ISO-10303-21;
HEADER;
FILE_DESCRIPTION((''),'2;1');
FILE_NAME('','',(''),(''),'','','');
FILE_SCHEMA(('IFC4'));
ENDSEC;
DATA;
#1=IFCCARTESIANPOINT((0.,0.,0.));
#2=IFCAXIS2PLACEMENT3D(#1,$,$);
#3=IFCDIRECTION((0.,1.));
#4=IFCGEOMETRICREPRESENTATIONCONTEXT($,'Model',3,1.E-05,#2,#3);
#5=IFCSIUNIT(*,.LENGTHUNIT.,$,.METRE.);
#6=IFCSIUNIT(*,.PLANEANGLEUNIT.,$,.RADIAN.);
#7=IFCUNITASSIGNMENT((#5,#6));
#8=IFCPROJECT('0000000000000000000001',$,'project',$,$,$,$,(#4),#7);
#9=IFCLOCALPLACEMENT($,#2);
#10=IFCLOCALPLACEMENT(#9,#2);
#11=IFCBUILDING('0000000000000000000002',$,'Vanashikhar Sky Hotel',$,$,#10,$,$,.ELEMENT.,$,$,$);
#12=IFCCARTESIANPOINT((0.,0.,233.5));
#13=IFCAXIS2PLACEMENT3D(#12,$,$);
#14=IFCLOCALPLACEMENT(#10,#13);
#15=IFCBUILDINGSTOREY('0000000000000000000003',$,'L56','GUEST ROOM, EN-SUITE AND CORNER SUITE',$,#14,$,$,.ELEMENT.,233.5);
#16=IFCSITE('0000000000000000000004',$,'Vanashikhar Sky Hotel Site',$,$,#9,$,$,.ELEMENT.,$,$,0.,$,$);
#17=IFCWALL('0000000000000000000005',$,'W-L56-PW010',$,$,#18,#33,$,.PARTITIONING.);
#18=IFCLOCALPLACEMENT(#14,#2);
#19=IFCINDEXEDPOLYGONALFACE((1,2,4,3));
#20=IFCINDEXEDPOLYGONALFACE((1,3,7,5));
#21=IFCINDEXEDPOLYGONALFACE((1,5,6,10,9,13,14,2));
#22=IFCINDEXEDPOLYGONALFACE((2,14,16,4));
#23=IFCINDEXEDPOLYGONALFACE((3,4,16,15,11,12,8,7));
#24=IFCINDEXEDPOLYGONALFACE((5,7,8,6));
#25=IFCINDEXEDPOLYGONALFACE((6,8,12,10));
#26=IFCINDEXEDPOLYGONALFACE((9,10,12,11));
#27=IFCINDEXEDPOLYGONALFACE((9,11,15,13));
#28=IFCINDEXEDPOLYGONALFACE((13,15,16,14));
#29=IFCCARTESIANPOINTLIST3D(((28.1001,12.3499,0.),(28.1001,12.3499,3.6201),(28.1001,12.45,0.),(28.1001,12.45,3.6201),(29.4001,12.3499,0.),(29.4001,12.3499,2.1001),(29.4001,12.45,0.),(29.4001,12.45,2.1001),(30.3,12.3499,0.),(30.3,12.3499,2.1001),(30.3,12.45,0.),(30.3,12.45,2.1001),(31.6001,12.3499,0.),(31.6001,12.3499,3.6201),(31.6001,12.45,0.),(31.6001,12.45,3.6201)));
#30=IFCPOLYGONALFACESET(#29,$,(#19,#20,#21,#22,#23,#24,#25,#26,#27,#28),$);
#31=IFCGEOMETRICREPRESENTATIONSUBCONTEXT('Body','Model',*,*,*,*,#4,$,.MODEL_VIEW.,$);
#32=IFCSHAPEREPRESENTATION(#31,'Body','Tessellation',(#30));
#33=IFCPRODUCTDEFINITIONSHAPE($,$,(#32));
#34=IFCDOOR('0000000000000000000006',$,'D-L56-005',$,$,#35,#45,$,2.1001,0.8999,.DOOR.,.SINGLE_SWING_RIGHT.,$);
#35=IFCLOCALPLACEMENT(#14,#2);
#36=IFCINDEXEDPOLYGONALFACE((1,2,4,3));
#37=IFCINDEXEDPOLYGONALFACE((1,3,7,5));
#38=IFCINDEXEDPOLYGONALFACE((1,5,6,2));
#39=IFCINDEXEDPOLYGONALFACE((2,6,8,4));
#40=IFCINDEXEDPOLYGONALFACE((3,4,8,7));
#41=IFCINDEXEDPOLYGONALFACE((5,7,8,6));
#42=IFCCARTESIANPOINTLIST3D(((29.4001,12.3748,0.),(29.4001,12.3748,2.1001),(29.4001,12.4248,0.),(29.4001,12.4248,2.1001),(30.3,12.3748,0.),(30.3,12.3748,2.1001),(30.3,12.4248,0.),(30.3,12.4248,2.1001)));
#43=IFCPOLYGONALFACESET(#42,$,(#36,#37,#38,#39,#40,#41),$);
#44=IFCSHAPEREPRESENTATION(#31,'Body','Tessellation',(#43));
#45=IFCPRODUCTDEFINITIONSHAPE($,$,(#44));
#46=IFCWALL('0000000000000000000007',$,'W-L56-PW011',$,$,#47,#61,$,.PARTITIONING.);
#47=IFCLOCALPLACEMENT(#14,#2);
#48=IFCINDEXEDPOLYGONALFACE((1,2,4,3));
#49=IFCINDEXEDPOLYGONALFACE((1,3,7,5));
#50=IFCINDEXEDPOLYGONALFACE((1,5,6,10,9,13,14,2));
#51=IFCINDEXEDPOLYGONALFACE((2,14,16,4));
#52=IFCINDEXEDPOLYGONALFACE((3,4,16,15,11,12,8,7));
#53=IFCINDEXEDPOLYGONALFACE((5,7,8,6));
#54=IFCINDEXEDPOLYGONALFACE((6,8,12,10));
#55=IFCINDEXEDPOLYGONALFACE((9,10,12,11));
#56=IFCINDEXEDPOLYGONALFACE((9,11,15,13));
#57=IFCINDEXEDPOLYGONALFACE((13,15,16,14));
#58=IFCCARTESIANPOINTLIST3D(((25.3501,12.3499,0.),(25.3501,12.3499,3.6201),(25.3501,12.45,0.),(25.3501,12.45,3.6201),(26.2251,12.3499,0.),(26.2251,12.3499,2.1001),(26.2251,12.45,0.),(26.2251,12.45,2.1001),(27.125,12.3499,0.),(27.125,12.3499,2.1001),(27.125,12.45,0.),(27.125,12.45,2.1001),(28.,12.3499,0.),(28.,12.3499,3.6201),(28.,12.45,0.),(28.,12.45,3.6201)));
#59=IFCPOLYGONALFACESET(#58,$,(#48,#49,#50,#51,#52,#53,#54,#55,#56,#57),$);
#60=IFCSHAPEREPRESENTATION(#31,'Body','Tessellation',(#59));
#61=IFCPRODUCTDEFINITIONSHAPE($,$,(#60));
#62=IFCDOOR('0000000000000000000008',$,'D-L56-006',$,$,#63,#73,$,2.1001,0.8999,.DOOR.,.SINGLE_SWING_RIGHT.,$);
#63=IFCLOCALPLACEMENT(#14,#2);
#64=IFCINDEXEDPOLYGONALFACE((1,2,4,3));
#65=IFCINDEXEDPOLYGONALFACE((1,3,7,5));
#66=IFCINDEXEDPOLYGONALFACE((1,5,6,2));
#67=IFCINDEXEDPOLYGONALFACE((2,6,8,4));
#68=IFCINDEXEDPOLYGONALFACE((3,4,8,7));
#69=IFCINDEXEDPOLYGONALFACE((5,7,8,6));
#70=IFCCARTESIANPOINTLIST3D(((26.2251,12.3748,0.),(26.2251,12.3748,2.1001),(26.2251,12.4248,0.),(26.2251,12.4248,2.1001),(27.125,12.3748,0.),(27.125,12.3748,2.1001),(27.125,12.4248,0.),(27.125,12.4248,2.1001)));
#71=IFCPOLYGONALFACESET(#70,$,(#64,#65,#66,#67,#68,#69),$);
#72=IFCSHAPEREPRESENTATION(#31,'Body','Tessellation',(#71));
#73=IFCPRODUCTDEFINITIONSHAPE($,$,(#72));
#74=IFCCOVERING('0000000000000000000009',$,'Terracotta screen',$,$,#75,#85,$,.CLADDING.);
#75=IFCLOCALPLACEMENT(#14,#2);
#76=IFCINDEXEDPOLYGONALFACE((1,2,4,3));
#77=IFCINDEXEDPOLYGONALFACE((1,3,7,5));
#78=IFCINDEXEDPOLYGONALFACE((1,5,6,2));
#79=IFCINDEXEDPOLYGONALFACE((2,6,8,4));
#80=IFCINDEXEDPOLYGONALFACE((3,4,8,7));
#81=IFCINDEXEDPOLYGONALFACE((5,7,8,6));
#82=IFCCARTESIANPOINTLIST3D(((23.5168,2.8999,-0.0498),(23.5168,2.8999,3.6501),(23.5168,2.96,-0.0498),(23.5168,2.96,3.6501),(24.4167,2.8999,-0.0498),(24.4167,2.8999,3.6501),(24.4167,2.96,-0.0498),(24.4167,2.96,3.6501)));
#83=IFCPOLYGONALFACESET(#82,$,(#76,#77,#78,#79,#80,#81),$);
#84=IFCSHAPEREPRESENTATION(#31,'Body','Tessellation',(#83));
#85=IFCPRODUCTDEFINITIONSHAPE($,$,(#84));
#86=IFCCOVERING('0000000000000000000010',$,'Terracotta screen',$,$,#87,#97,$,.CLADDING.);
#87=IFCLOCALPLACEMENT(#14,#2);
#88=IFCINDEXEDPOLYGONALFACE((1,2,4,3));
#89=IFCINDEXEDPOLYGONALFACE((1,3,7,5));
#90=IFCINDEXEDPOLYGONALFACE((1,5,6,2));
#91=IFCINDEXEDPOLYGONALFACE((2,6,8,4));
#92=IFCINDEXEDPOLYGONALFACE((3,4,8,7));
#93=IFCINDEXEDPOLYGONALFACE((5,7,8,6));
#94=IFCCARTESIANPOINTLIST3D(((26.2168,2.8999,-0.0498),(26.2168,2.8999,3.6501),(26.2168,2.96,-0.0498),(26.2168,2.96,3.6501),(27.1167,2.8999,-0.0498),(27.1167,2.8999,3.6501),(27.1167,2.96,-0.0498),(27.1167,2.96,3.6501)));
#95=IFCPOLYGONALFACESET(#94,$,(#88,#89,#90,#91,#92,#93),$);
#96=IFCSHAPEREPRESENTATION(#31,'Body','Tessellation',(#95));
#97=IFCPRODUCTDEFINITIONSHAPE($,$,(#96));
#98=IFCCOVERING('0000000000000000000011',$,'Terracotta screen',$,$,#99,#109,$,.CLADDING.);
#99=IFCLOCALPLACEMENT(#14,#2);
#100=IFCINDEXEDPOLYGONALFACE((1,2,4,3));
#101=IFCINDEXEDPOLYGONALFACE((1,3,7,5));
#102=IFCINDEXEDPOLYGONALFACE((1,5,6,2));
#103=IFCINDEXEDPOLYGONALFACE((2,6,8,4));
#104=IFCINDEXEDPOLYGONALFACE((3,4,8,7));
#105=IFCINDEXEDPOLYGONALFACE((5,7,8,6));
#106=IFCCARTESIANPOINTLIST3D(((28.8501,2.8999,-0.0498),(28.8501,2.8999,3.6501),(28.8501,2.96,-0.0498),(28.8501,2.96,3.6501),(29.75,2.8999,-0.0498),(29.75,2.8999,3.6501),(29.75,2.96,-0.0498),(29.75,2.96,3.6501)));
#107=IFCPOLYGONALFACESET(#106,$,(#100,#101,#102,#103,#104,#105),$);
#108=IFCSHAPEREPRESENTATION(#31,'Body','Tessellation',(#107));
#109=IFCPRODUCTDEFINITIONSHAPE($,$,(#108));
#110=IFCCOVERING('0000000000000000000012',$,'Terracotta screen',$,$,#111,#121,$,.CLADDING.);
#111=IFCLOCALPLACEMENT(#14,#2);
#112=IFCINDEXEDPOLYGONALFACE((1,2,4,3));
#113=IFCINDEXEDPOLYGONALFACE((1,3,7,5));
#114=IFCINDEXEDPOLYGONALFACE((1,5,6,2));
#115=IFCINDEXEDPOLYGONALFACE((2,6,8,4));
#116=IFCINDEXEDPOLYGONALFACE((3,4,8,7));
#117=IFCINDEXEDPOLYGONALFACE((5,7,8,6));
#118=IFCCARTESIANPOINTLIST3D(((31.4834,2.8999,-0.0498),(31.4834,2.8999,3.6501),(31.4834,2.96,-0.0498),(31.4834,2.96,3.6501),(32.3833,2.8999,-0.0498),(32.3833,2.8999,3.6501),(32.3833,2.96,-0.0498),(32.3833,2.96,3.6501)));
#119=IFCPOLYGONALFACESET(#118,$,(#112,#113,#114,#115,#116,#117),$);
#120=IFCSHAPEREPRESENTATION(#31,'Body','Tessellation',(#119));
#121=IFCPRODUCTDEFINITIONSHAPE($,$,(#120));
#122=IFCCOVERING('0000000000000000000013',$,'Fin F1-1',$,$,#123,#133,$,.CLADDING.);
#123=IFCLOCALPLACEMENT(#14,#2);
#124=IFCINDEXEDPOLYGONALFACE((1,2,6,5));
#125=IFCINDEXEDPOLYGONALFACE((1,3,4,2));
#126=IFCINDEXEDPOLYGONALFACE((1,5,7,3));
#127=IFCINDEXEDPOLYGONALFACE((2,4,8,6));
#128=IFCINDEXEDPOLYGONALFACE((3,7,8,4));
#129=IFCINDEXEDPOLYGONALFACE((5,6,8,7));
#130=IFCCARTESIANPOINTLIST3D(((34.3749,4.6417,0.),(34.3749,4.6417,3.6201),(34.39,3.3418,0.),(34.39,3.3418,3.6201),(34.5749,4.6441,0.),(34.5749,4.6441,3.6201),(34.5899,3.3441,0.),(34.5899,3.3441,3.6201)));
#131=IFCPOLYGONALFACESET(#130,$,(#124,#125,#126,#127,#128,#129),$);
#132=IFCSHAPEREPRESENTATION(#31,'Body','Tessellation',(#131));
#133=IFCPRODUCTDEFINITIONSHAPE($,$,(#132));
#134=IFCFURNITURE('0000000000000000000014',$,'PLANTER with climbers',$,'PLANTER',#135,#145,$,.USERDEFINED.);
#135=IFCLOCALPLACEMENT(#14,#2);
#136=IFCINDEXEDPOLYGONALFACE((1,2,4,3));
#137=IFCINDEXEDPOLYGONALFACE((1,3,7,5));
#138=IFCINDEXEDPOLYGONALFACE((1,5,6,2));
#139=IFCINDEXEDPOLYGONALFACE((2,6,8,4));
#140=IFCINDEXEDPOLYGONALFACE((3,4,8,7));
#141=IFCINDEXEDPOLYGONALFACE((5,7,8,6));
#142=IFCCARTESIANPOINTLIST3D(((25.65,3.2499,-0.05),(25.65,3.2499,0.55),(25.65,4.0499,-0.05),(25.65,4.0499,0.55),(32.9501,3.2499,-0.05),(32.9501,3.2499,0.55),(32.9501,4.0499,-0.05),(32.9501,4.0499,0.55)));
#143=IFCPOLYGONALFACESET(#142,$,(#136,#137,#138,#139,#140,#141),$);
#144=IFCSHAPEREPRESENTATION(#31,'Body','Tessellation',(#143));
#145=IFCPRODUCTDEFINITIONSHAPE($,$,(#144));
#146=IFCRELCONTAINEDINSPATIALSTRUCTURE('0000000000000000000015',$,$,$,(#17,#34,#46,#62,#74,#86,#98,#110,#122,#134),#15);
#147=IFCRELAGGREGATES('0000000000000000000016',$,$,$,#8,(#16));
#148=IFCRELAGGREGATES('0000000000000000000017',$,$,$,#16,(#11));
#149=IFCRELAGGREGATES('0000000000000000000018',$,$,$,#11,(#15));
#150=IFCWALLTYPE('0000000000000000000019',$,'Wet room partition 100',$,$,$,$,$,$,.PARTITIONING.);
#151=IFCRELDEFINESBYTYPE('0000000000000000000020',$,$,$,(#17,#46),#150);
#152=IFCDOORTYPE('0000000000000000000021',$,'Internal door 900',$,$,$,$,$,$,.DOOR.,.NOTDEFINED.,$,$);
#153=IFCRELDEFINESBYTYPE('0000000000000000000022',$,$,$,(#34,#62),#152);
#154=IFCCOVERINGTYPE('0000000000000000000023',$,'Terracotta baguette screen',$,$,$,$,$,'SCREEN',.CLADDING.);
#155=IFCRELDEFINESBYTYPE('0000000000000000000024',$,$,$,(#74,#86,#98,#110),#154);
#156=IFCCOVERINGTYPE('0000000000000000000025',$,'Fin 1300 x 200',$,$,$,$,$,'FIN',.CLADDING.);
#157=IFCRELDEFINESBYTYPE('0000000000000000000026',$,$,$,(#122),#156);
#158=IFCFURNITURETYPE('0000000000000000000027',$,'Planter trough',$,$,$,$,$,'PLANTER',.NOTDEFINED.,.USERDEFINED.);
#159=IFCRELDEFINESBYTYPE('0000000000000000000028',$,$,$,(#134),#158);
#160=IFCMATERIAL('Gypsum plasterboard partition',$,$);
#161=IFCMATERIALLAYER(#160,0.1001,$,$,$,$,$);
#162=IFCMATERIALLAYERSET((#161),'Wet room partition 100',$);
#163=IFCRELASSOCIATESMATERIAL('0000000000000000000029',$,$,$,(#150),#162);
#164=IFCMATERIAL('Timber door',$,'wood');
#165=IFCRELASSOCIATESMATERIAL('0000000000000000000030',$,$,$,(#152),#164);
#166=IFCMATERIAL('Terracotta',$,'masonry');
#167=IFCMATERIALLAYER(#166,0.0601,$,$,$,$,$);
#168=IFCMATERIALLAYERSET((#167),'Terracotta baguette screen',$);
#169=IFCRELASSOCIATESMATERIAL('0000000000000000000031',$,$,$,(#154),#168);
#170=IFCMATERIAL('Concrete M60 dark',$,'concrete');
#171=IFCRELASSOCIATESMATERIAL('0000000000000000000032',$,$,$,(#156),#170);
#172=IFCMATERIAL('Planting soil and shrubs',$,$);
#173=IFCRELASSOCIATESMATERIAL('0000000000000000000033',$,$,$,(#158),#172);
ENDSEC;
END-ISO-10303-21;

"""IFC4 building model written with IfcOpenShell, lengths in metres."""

from ifc_helpers import new_model, si_unit, direction, frame, frame_2d, origin, origin_2d, place, context, subcontext, project, spatial, rectangle, extrude, source, transform, mapped, material, layer, layer_set, material_profile, profile_set, type_object, element, fill, save


model = new_model("IFC4")

# Units and contexts
model_context = context("Model", 3, precision=1e-05, world=origin(), true_north=direction((0.0, 1.0)))
body_context = subcontext(model_context, "Body", "Model", "MODEL_VIEW")
ifc_project = project(units=[si_unit("LENGTHUNIT", "METRE"), si_unit("PLANEANGLEUNIT", "RADIAN")], contexts=[model_context])

# Site, building, storey
site_placement = place(None, origin())
site = spatial("IfcSite", under=ifc_project, at=site_placement, Name="Vanashikhar Sky Hotel Site", CompositionType="ELEMENT", RefElevation=0.0)
building_placement = place(site_placement, origin())
building = spatial("IfcBuilding", under=site, at=building_placement, Name="Vanashikhar Sky Hotel", CompositionType="ELEMENT")
storey_placement = place(building_placement, frame((0.0, 0.0, 233.5)))
storey = spatial("IfcBuildingStorey", under=building, at=storey_placement, Name="L56", Description="GUEST ROOM, EN-SUITE AND CORNER SUITE", CompositionType="ELEMENT", Elevation=233.5)

# Shared definitions
ifc_material_1 = material(Name="Gypsum plasterboard partition")
ifc_layer_1 = layer(ifc_material_1, 0.1001)
ifc_layer_set_1 = layer_set([ifc_layer_1], Name="Wet room partition 100")
wall_type_1 = type_object("IfcWallType", Name="Wet room partition 100", PredefinedType="PARTITIONING", material=ifc_layer_set_1)

# Walls, openings, doors
shared_shape_1 = source(origin(), body_context, "Body", "SweptSolid", [
    extrude(rectangle(XDim=3.5, YDim=0.1001, at=frame_2d((1.75, 0.0))), origin(), (0.0, 0.0, 1.0), 3.6201),
])
wall_1_placement = place(storey_placement, frame((28.1001, 12.3999, 0.0), z_axis=(0.0, 0.0, 1.0), x_axis=(1.0, 0.0, 0.0)))
wall_1 = element("IfcWall", 1, at=wall_1_placement, inside=storey, type_object=wall_type_1, Name="W-L56-PW010", PredefinedType="PARTITIONING", context=body_context, shape_type="MappedRepresentation", body=[
    mapped(shared_shape_1, transform((0.0, 0.0, 0.0), scale=1.0)),
])
shared_shape_2 = source(origin(), body_context, "Body", "SweptSolid", [
    extrude(rectangle(XDim=0.8999, YDim=2.1001, at=frame_2d((0.45, 1.05))), frame((0.0, 0.0601, 0.0), z_axis=(0.0, -1.0, 0.0), x_axis=(1.0, 0.0, 0.0)), (0.0, 0.0, 1.0), 0.1201),
])
opening_1_placement = place(wall_1_placement, frame((1.3, 0.0, 0.0)))
opening_1 = element("IfcOpeningElement", 2, at=opening_1_placement, cuts=wall_1, PredefinedType="OPENING", context=body_context, shape_type="MappedRepresentation", body=[
    mapped(shared_shape_2, transform((0.0, 0.0, 0.0), scale=1.0)),
])
ifc_material_2 = material(Name="Timber door", Category="wood")
door_type_1 = type_object("IfcDoorType", Name="Internal door 900", OperationType="NOTDEFINED", PredefinedType="DOOR", material=ifc_material_2)
shared_shape_3 = source(origin(), body_context, "Body", "SweptSolid", [
    extrude(rectangle(XDim=0.8999, YDim=2.1001, at=frame_2d((0.45, 1.05))), frame((0.0, 0.0249, 0.0), z_axis=(0.0, -1.0, 0.0), x_axis=(1.0, 0.0, 0.0)), (0.0, 0.0, 1.0), 0.05),
])
door_1_placement = place(opening_1_placement, origin())
door_1 = element("IfcDoor", 3, at=door_1_placement, inside=storey, type_object=door_type_1, Name="D-L56-005", OperationType="SINGLE_SWING_RIGHT", OverallHeight=2.1001, OverallWidth=0.8999, PredefinedType="DOOR", context=body_context, shape_type="MappedRepresentation", body=[
    mapped(shared_shape_3, transform((0.0, 0.0, 0.0), scale=1.0)),
])
fill(opening_1, door_1)
shared_shape_4 = source(origin(), body_context, "Body", "SweptSolid", [
    extrude(rectangle(XDim=2.6499, YDim=0.1001, at=frame_2d((1.325, 0.0))), origin(), (0.0, 0.0, 1.0), 3.6201),
])
wall_2_placement = place(storey_placement, frame((25.3501, 12.3999, 0.0), z_axis=(0.0, 0.0, 1.0), x_axis=(1.0, 0.0, 0.0)))
wall_2 = element("IfcWall", 4, at=wall_2_placement, inside=storey, type_object=wall_type_1, Name="W-L56-PW011", PredefinedType="PARTITIONING", context=body_context, shape_type="MappedRepresentation", body=[
    mapped(shared_shape_4, transform((0.0, 0.0, 0.0), scale=1.0)),
])
opening_2_placement = place(wall_2_placement, frame((0.875, 0.0, 0.0)))
opening_2 = element("IfcOpeningElement", 5, at=opening_2_placement, cuts=wall_2, PredefinedType="OPENING", context=body_context, shape_type="MappedRepresentation", body=[
    mapped(shared_shape_2, transform((0.0, 0.0, 0.0), scale=1.0)),
])
door_2_placement = place(opening_2_placement, origin())
door_2 = element("IfcDoor", 6, at=door_2_placement, inside=storey, type_object=door_type_1, Name="D-L56-006", OperationType="SINGLE_SWING_RIGHT", OverallHeight=2.1001, OverallWidth=0.8999, PredefinedType="DOOR", context=body_context, shape_type="MappedRepresentation", body=[
    mapped(shared_shape_3, transform((0.0, 0.0, 0.0), scale=1.0)),
])
fill(opening_2, door_2)

# Coverings
ifc_material_3 = material(Name="Terracotta", Category="masonry")
ifc_layer_2 = layer(ifc_material_3, 0.0601)
ifc_layer_set_2 = layer_set([ifc_layer_2], Name="Terracotta baguette screen")
covering_type_1 = type_object("IfcCoveringType", Name="Terracotta baguette screen", ElementType="SCREEN", PredefinedType="CLADDING", material=ifc_layer_set_2)
shared_shape_5 = source(origin(), body_context, "Body", "SweptSolid", [
    extrude(rectangle(XDim=0.8999, YDim=0.0601, at=origin_2d()), origin(), (0.0, 0.0, 1.0), 3.7),
])
for number, where, z_axis, x_axis, name in (
    (7, (23.9668, 2.9299, -0.0498), (0.0, 0.0, 1.0), (1.0, 0.0, 0.0), "Terracotta screen"),
    (8, (26.6667, 2.9299, -0.0498), (0.0, 0.0, 1.0), (1.0, 0.0, 0.0), "Terracotta screen"),
    (9, (29.3, 2.9299, -0.0498), (0.0, 0.0, 1.0), (1.0, 0.0, 0.0), "Terracotta screen"),
    (10, (31.9333, 2.9299, -0.0498), (0.0, 0.0, 1.0), (1.0, 0.0, 0.0), "Terracotta screen"),
):
    element("IfcCovering", number, at=place(storey_placement, frame(where, z_axis=z_axis, x_axis=x_axis)), inside=storey, type_object=covering_type_1, Name=name, PredefinedType="CLADDING", context=body_context, shape_type="MappedRepresentation", body=[
        mapped(shared_shape_5, transform((0.0, 0.0, 0.0), scale=1.0)),
    ])
ifc_material_4 = material(Name="Concrete M60 dark", Category="concrete")
ifc_material_profile_1 = material_profile(ifc_material_4, rectangle(XDim=1.3, YDim=0.2, at=origin_2d()))
ifc_profile_set_1 = profile_set([ifc_material_profile_1], Name="Fin 1300 x 200")
covering_type_2 = type_object("IfcCoveringType", Name="Fin 1300 x 200", ElementType="FIN", PredefinedType="CLADDING", material=ifc_profile_set_1)
shared_shape_6 = source(origin(), body_context, "Body", "SweptSolid", [
    extrude(rectangle(XDim=1.3, YDim=0.2, at=origin_2d()), origin(), (0.0, 0.0, 1.0), 3.6201),
])
covering_placement = place(storey_placement, frame((34.4824, 3.9929, 0.0), z_axis=(0.0, 0.0, 1.0), x_axis=(0.011589, -0.999933, 0.0)))
element("IfcCovering", 11, at=covering_placement, inside=storey, type_object=covering_type_2, Name="Fin F1-1", PredefinedType="CLADDING", context=body_context, shape_type="MappedRepresentation", body=[
    mapped(shared_shape_6, transform((0.0, 0.0, 0.0), scale=1.0)),
])

# Furniture
ifc_material_5 = material(Name="Planting soil and shrubs")
furniture_type = type_object("IfcFurnitureType", Name="Planter trough", ElementType="PLANTER", AssemblyPlace="NOTDEFINED", PredefinedType="USERDEFINED", material=ifc_material_5)
shared_shape_7 = source(origin(), body_context, "Body", "SweptSolid", [
    extrude(rectangle(XDim=7.3, YDim=0.8, at=origin_2d()), origin(), (0.0, 0.0, 1.0), 0.6001),
])
furniture_placement = place(storey_placement, frame((29.3, 3.6499, -0.05), z_axis=(0.0, 0.0, 1.0), x_axis=(1.0, 0.0, 0.0)))
element("IfcFurniture", 12, at=furniture_placement, inside=storey, type_object=furniture_type, Name="PLANTER with climbers", ObjectType="PLANTER", PredefinedType="USERDEFINED", context=body_context, shape_type="MappedRepresentation", body=[
    mapped(shared_shape_7, transform((0.0, 0.0, 0.0), scale=1.0)),
])

save(model, "model.ifc")
